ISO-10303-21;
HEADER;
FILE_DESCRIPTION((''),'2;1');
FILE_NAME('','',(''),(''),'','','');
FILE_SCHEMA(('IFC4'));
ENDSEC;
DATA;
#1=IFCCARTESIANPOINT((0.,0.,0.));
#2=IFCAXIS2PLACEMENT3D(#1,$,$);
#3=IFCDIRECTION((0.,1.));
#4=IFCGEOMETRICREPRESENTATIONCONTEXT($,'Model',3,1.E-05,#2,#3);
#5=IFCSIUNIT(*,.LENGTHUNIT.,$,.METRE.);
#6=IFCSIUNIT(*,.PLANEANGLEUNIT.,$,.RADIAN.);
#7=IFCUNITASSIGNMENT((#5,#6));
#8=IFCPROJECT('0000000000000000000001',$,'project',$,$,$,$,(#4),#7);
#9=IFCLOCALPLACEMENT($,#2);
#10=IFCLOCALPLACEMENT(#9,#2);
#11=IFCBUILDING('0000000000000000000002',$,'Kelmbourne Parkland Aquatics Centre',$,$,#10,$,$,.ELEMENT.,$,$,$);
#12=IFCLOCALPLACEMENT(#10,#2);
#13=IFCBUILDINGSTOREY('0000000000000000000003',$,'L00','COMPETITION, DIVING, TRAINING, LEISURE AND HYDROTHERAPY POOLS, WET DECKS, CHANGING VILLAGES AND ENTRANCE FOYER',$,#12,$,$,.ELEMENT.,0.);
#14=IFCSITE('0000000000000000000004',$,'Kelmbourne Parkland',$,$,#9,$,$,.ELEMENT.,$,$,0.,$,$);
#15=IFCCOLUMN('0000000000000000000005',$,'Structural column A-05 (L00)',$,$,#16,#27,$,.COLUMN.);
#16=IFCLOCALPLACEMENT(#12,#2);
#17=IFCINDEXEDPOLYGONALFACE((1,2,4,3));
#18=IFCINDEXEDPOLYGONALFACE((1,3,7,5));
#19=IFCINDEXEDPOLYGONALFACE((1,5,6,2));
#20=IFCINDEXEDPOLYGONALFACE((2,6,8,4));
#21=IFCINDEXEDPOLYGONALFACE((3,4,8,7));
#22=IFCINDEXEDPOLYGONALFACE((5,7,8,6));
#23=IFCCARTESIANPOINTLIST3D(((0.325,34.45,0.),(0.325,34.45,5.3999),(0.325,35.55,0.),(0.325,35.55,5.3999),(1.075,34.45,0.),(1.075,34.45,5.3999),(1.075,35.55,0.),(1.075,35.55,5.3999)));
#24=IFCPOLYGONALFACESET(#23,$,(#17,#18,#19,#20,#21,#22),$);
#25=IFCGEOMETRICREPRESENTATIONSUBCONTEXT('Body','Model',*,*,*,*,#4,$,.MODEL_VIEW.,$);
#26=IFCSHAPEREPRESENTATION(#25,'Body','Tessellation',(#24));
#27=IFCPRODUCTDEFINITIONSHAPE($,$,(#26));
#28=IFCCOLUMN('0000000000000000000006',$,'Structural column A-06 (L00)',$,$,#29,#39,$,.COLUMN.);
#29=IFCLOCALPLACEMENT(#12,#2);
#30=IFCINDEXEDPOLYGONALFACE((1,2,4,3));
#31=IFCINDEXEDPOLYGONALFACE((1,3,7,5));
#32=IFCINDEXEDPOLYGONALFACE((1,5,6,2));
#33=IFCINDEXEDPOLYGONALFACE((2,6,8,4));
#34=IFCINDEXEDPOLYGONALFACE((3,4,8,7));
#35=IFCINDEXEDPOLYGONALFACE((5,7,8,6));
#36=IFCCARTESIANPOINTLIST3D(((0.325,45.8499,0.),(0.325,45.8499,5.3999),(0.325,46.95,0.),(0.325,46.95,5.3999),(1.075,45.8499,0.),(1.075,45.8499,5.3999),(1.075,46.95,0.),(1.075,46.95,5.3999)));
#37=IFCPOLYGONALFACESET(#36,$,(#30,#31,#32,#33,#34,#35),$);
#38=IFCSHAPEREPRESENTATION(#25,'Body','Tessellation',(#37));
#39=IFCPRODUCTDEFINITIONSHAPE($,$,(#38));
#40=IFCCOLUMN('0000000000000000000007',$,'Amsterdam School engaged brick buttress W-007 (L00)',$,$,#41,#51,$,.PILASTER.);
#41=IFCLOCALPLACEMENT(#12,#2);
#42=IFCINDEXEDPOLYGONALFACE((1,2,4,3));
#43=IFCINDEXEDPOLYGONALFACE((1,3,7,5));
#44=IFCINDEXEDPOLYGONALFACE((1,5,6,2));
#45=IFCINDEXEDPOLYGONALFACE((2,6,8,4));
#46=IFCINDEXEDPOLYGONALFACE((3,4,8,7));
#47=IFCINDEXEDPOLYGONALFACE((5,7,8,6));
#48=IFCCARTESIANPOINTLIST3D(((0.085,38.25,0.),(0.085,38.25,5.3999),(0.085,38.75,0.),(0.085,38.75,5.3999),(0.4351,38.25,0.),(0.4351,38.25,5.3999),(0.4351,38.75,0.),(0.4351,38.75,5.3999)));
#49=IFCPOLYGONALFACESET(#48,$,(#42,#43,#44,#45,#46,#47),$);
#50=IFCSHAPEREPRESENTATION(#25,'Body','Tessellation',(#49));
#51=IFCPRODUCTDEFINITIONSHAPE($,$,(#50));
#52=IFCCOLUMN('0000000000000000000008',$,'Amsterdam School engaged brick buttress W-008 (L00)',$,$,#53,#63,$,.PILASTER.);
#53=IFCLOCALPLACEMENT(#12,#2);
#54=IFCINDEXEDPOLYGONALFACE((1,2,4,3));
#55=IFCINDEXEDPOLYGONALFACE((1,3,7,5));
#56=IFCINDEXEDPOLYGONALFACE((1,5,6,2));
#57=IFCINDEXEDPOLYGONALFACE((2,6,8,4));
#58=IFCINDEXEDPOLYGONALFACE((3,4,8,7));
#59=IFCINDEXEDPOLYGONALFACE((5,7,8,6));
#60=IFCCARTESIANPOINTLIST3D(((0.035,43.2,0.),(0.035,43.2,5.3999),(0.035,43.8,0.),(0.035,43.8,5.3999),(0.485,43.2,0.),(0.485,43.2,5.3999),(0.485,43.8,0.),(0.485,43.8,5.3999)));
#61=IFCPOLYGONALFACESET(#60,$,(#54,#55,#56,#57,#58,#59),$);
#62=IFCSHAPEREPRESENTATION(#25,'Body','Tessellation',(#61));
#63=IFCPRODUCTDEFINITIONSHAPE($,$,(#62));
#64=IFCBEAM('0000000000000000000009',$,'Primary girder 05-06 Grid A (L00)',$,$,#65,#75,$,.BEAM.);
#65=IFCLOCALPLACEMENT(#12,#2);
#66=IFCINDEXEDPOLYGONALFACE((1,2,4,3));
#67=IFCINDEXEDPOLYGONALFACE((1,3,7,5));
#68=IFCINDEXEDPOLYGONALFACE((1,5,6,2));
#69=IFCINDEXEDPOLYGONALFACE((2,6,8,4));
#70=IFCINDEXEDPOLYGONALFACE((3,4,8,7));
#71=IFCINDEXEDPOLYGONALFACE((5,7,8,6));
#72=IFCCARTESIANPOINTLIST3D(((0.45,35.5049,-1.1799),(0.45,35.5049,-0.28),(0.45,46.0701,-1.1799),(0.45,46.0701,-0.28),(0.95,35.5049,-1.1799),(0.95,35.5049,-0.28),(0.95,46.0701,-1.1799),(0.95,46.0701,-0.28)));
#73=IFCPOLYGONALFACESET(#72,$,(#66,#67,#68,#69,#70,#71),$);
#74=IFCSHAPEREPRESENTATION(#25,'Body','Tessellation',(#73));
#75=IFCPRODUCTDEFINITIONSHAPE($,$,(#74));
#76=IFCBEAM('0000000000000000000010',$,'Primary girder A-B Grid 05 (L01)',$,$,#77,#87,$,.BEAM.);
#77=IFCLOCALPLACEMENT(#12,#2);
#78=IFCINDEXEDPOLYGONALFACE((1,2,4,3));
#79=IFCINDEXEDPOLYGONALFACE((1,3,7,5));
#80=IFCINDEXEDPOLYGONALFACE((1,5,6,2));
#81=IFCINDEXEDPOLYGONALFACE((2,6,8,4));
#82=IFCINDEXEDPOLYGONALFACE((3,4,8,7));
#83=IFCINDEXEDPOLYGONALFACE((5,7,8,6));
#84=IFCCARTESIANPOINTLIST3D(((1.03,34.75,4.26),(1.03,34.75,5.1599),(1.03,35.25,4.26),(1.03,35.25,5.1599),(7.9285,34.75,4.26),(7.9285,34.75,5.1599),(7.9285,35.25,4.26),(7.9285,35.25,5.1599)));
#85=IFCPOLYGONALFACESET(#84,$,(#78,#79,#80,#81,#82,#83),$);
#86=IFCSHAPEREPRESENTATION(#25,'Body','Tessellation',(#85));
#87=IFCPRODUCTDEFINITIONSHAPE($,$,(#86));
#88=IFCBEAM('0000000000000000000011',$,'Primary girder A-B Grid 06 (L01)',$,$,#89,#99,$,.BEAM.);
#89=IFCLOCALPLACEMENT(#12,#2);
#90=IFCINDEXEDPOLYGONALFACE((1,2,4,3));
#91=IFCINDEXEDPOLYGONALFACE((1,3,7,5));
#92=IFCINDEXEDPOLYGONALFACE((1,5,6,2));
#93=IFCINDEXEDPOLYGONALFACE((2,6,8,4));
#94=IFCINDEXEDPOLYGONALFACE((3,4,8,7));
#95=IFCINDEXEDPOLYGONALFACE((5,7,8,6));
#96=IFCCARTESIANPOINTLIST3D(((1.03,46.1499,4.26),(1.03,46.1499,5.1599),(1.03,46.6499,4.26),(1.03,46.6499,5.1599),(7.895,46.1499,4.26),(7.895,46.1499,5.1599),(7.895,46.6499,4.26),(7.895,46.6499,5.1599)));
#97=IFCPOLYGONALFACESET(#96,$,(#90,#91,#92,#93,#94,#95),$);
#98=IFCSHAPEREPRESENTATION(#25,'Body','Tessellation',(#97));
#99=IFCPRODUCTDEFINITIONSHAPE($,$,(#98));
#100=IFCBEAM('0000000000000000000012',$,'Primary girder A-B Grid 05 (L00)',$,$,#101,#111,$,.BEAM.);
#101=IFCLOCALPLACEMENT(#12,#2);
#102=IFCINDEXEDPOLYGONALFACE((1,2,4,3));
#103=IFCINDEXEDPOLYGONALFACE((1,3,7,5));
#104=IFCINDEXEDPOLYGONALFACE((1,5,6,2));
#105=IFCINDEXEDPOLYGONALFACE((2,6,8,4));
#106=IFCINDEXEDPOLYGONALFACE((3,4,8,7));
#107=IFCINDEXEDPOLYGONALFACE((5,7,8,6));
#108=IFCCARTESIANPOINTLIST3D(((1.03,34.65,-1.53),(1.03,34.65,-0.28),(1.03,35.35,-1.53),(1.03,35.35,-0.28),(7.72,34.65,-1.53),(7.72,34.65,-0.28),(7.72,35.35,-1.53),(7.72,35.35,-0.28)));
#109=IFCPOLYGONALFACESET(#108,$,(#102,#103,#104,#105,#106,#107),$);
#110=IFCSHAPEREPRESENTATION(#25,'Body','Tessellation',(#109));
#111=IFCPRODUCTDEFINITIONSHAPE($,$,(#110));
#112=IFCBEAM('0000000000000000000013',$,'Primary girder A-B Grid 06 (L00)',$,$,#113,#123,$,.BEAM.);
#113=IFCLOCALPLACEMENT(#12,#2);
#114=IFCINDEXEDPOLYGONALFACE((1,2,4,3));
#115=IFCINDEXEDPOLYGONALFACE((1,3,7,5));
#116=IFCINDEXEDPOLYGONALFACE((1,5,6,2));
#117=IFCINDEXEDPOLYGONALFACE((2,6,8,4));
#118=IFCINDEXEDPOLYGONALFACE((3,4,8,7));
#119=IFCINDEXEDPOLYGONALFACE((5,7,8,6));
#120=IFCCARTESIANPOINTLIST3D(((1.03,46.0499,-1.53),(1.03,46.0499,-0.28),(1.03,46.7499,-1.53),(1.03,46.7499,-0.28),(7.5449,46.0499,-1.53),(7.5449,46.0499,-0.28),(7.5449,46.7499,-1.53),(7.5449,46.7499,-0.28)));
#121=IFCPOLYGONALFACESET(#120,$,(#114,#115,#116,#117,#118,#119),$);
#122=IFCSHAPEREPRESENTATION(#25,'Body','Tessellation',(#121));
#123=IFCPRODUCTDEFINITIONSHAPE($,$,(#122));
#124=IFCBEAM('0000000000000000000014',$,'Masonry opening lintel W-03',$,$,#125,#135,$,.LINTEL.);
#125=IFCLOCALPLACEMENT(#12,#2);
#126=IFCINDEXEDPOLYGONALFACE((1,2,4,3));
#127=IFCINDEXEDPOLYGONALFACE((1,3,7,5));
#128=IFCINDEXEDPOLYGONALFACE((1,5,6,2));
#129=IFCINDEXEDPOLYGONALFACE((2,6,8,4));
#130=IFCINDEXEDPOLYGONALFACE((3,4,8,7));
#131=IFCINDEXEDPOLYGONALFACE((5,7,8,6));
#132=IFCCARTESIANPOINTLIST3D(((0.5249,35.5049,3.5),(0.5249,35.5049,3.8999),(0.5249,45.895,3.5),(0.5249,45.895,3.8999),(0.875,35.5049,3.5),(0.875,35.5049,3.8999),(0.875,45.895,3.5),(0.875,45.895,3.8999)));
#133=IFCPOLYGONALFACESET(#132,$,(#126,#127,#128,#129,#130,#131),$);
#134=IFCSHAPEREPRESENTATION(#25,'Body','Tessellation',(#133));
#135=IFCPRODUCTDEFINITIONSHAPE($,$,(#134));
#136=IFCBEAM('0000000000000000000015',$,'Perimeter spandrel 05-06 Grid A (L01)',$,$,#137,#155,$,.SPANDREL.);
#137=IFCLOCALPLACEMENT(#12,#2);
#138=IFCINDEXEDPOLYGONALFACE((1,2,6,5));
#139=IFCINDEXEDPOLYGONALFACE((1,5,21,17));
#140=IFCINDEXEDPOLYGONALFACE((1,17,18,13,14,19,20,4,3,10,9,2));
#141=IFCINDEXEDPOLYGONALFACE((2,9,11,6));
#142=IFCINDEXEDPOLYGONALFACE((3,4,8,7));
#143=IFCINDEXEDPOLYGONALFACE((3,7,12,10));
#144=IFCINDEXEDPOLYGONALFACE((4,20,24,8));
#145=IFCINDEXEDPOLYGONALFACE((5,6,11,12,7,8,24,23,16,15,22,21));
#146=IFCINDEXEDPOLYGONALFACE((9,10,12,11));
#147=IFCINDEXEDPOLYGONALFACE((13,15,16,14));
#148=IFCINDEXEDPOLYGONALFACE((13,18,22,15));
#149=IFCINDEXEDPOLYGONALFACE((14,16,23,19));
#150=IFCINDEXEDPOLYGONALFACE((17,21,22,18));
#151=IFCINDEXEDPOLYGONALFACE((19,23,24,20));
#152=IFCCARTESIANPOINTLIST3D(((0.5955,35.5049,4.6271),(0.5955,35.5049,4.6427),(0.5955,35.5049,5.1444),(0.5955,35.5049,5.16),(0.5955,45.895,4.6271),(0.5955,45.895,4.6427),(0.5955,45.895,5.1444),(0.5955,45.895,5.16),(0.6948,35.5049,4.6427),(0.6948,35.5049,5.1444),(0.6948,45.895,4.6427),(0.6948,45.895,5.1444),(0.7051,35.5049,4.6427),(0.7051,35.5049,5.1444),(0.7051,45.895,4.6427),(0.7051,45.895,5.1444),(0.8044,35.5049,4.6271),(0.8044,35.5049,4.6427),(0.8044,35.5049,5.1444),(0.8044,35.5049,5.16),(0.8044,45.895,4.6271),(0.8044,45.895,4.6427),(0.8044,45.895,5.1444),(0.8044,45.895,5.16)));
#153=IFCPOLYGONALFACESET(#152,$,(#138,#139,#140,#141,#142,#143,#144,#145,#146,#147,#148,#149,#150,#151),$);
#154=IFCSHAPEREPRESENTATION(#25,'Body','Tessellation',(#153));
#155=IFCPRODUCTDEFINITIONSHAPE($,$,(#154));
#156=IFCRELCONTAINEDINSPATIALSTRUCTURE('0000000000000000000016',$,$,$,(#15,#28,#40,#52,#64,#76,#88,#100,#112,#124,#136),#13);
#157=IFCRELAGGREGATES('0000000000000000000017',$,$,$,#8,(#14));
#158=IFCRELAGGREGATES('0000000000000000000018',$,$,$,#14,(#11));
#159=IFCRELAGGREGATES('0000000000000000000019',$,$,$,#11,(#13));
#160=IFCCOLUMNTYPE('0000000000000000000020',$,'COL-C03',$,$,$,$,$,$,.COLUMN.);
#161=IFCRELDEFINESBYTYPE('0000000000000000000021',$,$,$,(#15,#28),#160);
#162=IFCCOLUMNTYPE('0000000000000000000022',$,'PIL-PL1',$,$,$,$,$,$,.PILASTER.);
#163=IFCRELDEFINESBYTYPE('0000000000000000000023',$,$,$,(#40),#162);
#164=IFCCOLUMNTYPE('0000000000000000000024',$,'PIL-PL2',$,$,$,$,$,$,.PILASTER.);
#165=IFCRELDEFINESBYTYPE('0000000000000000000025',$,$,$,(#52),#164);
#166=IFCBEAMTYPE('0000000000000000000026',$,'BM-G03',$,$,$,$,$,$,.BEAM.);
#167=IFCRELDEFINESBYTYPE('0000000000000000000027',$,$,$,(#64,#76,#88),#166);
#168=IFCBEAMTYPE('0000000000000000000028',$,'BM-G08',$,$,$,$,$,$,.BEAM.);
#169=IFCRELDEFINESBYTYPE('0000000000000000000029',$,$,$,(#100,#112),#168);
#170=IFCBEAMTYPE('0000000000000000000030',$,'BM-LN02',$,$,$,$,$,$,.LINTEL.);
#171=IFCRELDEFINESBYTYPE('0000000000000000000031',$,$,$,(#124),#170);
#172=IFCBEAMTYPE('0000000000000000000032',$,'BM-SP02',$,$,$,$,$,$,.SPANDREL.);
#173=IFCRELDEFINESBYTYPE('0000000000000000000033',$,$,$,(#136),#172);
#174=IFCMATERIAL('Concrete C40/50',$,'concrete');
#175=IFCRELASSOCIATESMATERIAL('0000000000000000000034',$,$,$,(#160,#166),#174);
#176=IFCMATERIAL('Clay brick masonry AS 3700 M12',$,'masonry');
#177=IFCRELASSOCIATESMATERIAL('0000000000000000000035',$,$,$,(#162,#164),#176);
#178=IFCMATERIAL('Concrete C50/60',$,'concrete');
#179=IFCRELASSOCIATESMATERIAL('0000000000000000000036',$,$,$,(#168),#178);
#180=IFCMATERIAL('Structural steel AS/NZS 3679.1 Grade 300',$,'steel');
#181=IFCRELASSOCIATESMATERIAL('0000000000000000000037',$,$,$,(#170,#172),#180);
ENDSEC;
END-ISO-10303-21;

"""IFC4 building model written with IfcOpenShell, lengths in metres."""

from ifc_helpers import new_model, si_unit, direction, frame, origin, origin_2d, place, context, subcontext, project, spatial, rectangle, i_section, extrude, material, material_profile, profile_set, type_object, element, save


model = new_model("IFC4")

# Units and contexts
model_context = context("Model", 3, precision=1e-05, world=origin(), true_north=direction((0.0, 1.0)))
body_context = subcontext(model_context, "Body", "Model", "MODEL_VIEW")
ifc_project = project(units=[si_unit("LENGTHUNIT", "METRE"), si_unit("PLANEANGLEUNIT", "RADIAN")], contexts=[model_context])

# Site, building, storey
site_placement = place(None, origin())
site = spatial("IfcSite", under=ifc_project, at=site_placement, Name="Kelmbourne Parkland", CompositionType="ELEMENT", RefElevation=0.0)
building_placement = place(site_placement, origin())
building = spatial("IfcBuilding", under=site, at=building_placement, Name="Kelmbourne Parkland Aquatics Centre", CompositionType="ELEMENT")
storey_placement = place(building_placement, origin())
storey = spatial("IfcBuildingStorey", under=building, at=storey_placement, Name="L00", Description="COMPETITION, DIVING, TRAINING, LEISURE AND HYDROTHERAPY POOLS, WET DECKS, CHANGING VILLAGES AND ENTRANCE FOYER", CompositionType="ELEMENT", Elevation=0.0)

# Columns
ifc_material_1 = material(Name="Concrete C40/50", Category="concrete")
ifc_material_profile_1 = material_profile(ifc_material_1, rectangle(XDim=0.75, YDim=1.1001, at=origin_2d()), Name="RC 750x1100")
ifc_profile_set_1 = profile_set([ifc_material_profile_1], Name="Concrete C40/50")
column_type_1 = type_object("IfcColumnType", Name="COL-C03", PredefinedType="COLUMN", material=ifc_profile_set_1)
for number, where, z_axis, x_axis, name in (
    (1, (0.7, 35.0, 0.0), (0.0, 0.0, 1.0), (1.0, 0.0, 0.0), "Structural column A-05 (L00)"),
    (2, (0.7, 46.3999, 0.0), (0.0, 0.0, 1.0), (1.0, 0.0, 0.0), "Structural column A-06 (L00)"),
):
    element("IfcColumn", number, at=place(storey_placement, frame(where, z_axis=z_axis, x_axis=x_axis)), inside=storey, type_object=column_type_1, Name=name, PredefinedType="COLUMN", context=body_context, shape_type="SweptSolid", body=[
        extrude(rectangle(XDim=0.75, YDim=1.1001, at=origin_2d()), origin(), (0.0, 0.0, 1.0), 5.3999),
    ])
ifc_material_2 = material(Name="Clay brick masonry AS 3700 M12", Category="masonry")
ifc_material_profile_2 = material_profile(ifc_material_2, rectangle(XDim=0.3501, YDim=0.5, at=origin_2d()), Name="PIL 350x500")
ifc_profile_set_2 = profile_set([ifc_material_profile_2], Name="Clay brick masonry AS 3700 M12")
column_type_2 = type_object("IfcColumnType", Name="PIL-PL1", PredefinedType="PILASTER", material=ifc_profile_set_2)
column_1_placement = place(storey_placement, frame((0.26, 38.5, 0.0), z_axis=(0.0, 0.0, 1.0), x_axis=(1.0, 0.0, 0.0)))
element("IfcColumn", 3, at=column_1_placement, inside=storey, type_object=column_type_2, Name="Amsterdam School engaged brick buttress W-007 (L00)", PredefinedType="PILASTER", context=body_context, shape_type="SweptSolid", body=[
    extrude(rectangle(XDim=0.3501, YDim=0.5, at=origin_2d()), origin(), (0.0, 0.0, 1.0), 5.3999),
])
ifc_material_profile_3 = material_profile(ifc_material_2, rectangle(XDim=0.45, YDim=0.6001, at=origin_2d()), Name="PIL 450x600")
ifc_profile_set_3 = profile_set([ifc_material_profile_3], Name="Clay brick masonry AS 3700 M12")
column_type_3 = type_object("IfcColumnType", Name="PIL-PL2", PredefinedType="PILASTER", material=ifc_profile_set_3)
column_2_placement = place(storey_placement, frame((0.26, 43.5, 0.0), z_axis=(0.0, 0.0, 1.0), x_axis=(1.0, 0.0, 0.0)))
element("IfcColumn", 4, at=column_2_placement, inside=storey, type_object=column_type_3, Name="Amsterdam School engaged brick buttress W-008 (L00)", PredefinedType="PILASTER", context=body_context, shape_type="SweptSolid", body=[
    extrude(rectangle(XDim=0.45, YDim=0.6001, at=origin_2d()), origin(), (0.0, 0.0, 1.0), 5.3999),
])

# Beams
ifc_material_profile_4 = material_profile(ifc_material_1, rectangle(XDim=0.5, YDim=0.8999, at=origin_2d()), Name="RC 500x900")
ifc_profile_set_4 = profile_set([ifc_material_profile_4], Name="Concrete C40/50")
beam_type_1 = type_object("IfcBeamType", Name="BM-G03", PredefinedType="BEAM", material=ifc_profile_set_4)
beam_1_placement = place(storey_placement, frame((0.7, 35.5049, -0.73), z_axis=(0.0, 1.0, 0.0), x_axis=(-1.0, 0.0, 0.0)))
element("IfcBeam", 5, at=beam_1_placement, inside=storey, type_object=beam_type_1, Name="Primary girder 05-06 Grid A (L00)", PredefinedType="BEAM", context=body_context, shape_type="SweptSolid", body=[
    extrude(rectangle(XDim=0.5, YDim=0.8999, at=origin_2d()), origin(), (0.0, 0.0, 1.0), 10.5652),
])
beam_2_placement = place(storey_placement, frame((1.03, 35.0, 4.71), z_axis=(1.0, 0.0, 0.0), x_axis=(0.0, 1.0, 0.0)))
element("IfcBeam", 6, at=beam_2_placement, inside=storey, type_object=beam_type_1, Name="Primary girder A-B Grid 05 (L01)", PredefinedType="BEAM", context=body_context, shape_type="SweptSolid", body=[
    extrude(rectangle(XDim=0.5, YDim=0.8999, at=origin_2d()), origin(), (0.0, 0.0, 1.0), 6.8984),
])
beam_3_placement = place(storey_placement, frame((1.03, 46.3999, 4.71), z_axis=(1.0, 0.0, 0.0), x_axis=(0.0, 1.0, 0.0)))
element("IfcBeam", 7, at=beam_3_placement, inside=storey, type_object=beam_type_1, Name="Primary girder A-B Grid 06 (L01)", PredefinedType="BEAM", context=body_context, shape_type="SweptSolid", body=[
    extrude(rectangle(XDim=0.5, YDim=0.8999, at=origin_2d()), origin(), (0.0, 0.0, 1.0), 6.865),
])
ifc_material_3 = material(Name="Concrete C50/60", Category="concrete")
ifc_material_profile_5 = material_profile(ifc_material_3, rectangle(XDim=0.7, YDim=1.25, at=origin_2d()), Name="RC 700x1250")
ifc_profile_set_5 = profile_set([ifc_material_profile_5], Name="Concrete C50/60")
beam_type_2 = type_object("IfcBeamType", Name="BM-G08", PredefinedType="BEAM", material=ifc_profile_set_5)
beam_4_placement = place(storey_placement, frame((1.03, 35.0, -0.905), z_axis=(1.0, 0.0, 0.0), x_axis=(0.0, 1.0, 0.0)))
element("IfcBeam", 8, at=beam_4_placement, inside=storey, type_object=beam_type_2, Name="Primary girder A-B Grid 05 (L00)", PredefinedType="BEAM", context=body_context, shape_type="SweptSolid", body=[
    extrude(rectangle(XDim=0.7, YDim=1.25, at=origin_2d()), origin(), (0.0, 0.0, 1.0), 6.6899),
])
beam_5_placement = place(storey_placement, frame((1.03, 46.3999, -0.905), z_axis=(1.0, 0.0, 0.0), x_axis=(0.0, 1.0, 0.0)))
element("IfcBeam", 9, at=beam_5_placement, inside=storey, type_object=beam_type_2, Name="Primary girder A-B Grid 06 (L00)", PredefinedType="BEAM", context=body_context, shape_type="SweptSolid", body=[
    extrude(rectangle(XDim=0.7, YDim=1.25, at=origin_2d()), origin(), (0.0, 0.0, 1.0), 6.5149),
])
ifc_material_4 = material(Name="Structural steel AS/NZS 3679.1 Grade 300", Category="steel")
ifc_material_profile_6 = material_profile(ifc_material_4, rectangle(XDim=0.3501, YDim=0.3999, at=origin_2d()), Name="LNT 350x400")
ifc_profile_set_6 = profile_set([ifc_material_profile_6], Name="Structural steel AS/NZS 3679.1 Grade 300")
beam_type_3 = type_object("IfcBeamType", Name="BM-LN02", PredefinedType="LINTEL", material=ifc_profile_set_6)
beam_6_placement = place(storey_placement, frame((0.7, 35.5049, 3.7), z_axis=(0.0, 1.0, 0.0), x_axis=(-1.0, 0.0, 0.0)))
element("IfcBeam", 10, at=beam_6_placement, inside=storey, type_object=beam_type_3, Name="Masonry opening lintel W-03", PredefinedType="LINTEL", context=body_context, shape_type="SweptSolid", body=[
    extrude(rectangle(XDim=0.3501, YDim=0.3999, at=origin_2d()), origin(), (0.0, 0.0, 1.0), 10.3901),
])
ifc_material_profile_7 = material_profile(ifc_material_4, i_section(OverallWidth=0.209, OverallDepth=0.533, WebThickness=0.0103, FlangeThickness=0.0156, at=origin_2d()), Name="530UB92.4")
ifc_profile_set_7 = profile_set([ifc_material_profile_7], Name="Structural steel AS/NZS 3679.1 Grade 300")
beam_type_4 = type_object("IfcBeamType", Name="BM-SP02", PredefinedType="SPANDREL", material=ifc_profile_set_7)
beam_7_placement = place(storey_placement, frame((0.7, 35.5049, 4.8936), z_axis=(0.0, 1.0, 0.0), x_axis=(-1.0, 0.0, 0.0)))
element("IfcBeam", 11, at=beam_7_placement, inside=storey, type_object=beam_type_4, Name="Perimeter spandrel 05-06 Grid A (L01)", PredefinedType="SPANDREL", context=body_context, shape_type="SweptSolid", body=[
    extrude(i_section(OverallWidth=0.209, OverallDepth=0.533, WebThickness=0.0103, FlangeThickness=0.0156, at=origin_2d()), origin(), (0.0, 0.0, 1.0), 10.3901),
])

save(model, "model.ifc")
